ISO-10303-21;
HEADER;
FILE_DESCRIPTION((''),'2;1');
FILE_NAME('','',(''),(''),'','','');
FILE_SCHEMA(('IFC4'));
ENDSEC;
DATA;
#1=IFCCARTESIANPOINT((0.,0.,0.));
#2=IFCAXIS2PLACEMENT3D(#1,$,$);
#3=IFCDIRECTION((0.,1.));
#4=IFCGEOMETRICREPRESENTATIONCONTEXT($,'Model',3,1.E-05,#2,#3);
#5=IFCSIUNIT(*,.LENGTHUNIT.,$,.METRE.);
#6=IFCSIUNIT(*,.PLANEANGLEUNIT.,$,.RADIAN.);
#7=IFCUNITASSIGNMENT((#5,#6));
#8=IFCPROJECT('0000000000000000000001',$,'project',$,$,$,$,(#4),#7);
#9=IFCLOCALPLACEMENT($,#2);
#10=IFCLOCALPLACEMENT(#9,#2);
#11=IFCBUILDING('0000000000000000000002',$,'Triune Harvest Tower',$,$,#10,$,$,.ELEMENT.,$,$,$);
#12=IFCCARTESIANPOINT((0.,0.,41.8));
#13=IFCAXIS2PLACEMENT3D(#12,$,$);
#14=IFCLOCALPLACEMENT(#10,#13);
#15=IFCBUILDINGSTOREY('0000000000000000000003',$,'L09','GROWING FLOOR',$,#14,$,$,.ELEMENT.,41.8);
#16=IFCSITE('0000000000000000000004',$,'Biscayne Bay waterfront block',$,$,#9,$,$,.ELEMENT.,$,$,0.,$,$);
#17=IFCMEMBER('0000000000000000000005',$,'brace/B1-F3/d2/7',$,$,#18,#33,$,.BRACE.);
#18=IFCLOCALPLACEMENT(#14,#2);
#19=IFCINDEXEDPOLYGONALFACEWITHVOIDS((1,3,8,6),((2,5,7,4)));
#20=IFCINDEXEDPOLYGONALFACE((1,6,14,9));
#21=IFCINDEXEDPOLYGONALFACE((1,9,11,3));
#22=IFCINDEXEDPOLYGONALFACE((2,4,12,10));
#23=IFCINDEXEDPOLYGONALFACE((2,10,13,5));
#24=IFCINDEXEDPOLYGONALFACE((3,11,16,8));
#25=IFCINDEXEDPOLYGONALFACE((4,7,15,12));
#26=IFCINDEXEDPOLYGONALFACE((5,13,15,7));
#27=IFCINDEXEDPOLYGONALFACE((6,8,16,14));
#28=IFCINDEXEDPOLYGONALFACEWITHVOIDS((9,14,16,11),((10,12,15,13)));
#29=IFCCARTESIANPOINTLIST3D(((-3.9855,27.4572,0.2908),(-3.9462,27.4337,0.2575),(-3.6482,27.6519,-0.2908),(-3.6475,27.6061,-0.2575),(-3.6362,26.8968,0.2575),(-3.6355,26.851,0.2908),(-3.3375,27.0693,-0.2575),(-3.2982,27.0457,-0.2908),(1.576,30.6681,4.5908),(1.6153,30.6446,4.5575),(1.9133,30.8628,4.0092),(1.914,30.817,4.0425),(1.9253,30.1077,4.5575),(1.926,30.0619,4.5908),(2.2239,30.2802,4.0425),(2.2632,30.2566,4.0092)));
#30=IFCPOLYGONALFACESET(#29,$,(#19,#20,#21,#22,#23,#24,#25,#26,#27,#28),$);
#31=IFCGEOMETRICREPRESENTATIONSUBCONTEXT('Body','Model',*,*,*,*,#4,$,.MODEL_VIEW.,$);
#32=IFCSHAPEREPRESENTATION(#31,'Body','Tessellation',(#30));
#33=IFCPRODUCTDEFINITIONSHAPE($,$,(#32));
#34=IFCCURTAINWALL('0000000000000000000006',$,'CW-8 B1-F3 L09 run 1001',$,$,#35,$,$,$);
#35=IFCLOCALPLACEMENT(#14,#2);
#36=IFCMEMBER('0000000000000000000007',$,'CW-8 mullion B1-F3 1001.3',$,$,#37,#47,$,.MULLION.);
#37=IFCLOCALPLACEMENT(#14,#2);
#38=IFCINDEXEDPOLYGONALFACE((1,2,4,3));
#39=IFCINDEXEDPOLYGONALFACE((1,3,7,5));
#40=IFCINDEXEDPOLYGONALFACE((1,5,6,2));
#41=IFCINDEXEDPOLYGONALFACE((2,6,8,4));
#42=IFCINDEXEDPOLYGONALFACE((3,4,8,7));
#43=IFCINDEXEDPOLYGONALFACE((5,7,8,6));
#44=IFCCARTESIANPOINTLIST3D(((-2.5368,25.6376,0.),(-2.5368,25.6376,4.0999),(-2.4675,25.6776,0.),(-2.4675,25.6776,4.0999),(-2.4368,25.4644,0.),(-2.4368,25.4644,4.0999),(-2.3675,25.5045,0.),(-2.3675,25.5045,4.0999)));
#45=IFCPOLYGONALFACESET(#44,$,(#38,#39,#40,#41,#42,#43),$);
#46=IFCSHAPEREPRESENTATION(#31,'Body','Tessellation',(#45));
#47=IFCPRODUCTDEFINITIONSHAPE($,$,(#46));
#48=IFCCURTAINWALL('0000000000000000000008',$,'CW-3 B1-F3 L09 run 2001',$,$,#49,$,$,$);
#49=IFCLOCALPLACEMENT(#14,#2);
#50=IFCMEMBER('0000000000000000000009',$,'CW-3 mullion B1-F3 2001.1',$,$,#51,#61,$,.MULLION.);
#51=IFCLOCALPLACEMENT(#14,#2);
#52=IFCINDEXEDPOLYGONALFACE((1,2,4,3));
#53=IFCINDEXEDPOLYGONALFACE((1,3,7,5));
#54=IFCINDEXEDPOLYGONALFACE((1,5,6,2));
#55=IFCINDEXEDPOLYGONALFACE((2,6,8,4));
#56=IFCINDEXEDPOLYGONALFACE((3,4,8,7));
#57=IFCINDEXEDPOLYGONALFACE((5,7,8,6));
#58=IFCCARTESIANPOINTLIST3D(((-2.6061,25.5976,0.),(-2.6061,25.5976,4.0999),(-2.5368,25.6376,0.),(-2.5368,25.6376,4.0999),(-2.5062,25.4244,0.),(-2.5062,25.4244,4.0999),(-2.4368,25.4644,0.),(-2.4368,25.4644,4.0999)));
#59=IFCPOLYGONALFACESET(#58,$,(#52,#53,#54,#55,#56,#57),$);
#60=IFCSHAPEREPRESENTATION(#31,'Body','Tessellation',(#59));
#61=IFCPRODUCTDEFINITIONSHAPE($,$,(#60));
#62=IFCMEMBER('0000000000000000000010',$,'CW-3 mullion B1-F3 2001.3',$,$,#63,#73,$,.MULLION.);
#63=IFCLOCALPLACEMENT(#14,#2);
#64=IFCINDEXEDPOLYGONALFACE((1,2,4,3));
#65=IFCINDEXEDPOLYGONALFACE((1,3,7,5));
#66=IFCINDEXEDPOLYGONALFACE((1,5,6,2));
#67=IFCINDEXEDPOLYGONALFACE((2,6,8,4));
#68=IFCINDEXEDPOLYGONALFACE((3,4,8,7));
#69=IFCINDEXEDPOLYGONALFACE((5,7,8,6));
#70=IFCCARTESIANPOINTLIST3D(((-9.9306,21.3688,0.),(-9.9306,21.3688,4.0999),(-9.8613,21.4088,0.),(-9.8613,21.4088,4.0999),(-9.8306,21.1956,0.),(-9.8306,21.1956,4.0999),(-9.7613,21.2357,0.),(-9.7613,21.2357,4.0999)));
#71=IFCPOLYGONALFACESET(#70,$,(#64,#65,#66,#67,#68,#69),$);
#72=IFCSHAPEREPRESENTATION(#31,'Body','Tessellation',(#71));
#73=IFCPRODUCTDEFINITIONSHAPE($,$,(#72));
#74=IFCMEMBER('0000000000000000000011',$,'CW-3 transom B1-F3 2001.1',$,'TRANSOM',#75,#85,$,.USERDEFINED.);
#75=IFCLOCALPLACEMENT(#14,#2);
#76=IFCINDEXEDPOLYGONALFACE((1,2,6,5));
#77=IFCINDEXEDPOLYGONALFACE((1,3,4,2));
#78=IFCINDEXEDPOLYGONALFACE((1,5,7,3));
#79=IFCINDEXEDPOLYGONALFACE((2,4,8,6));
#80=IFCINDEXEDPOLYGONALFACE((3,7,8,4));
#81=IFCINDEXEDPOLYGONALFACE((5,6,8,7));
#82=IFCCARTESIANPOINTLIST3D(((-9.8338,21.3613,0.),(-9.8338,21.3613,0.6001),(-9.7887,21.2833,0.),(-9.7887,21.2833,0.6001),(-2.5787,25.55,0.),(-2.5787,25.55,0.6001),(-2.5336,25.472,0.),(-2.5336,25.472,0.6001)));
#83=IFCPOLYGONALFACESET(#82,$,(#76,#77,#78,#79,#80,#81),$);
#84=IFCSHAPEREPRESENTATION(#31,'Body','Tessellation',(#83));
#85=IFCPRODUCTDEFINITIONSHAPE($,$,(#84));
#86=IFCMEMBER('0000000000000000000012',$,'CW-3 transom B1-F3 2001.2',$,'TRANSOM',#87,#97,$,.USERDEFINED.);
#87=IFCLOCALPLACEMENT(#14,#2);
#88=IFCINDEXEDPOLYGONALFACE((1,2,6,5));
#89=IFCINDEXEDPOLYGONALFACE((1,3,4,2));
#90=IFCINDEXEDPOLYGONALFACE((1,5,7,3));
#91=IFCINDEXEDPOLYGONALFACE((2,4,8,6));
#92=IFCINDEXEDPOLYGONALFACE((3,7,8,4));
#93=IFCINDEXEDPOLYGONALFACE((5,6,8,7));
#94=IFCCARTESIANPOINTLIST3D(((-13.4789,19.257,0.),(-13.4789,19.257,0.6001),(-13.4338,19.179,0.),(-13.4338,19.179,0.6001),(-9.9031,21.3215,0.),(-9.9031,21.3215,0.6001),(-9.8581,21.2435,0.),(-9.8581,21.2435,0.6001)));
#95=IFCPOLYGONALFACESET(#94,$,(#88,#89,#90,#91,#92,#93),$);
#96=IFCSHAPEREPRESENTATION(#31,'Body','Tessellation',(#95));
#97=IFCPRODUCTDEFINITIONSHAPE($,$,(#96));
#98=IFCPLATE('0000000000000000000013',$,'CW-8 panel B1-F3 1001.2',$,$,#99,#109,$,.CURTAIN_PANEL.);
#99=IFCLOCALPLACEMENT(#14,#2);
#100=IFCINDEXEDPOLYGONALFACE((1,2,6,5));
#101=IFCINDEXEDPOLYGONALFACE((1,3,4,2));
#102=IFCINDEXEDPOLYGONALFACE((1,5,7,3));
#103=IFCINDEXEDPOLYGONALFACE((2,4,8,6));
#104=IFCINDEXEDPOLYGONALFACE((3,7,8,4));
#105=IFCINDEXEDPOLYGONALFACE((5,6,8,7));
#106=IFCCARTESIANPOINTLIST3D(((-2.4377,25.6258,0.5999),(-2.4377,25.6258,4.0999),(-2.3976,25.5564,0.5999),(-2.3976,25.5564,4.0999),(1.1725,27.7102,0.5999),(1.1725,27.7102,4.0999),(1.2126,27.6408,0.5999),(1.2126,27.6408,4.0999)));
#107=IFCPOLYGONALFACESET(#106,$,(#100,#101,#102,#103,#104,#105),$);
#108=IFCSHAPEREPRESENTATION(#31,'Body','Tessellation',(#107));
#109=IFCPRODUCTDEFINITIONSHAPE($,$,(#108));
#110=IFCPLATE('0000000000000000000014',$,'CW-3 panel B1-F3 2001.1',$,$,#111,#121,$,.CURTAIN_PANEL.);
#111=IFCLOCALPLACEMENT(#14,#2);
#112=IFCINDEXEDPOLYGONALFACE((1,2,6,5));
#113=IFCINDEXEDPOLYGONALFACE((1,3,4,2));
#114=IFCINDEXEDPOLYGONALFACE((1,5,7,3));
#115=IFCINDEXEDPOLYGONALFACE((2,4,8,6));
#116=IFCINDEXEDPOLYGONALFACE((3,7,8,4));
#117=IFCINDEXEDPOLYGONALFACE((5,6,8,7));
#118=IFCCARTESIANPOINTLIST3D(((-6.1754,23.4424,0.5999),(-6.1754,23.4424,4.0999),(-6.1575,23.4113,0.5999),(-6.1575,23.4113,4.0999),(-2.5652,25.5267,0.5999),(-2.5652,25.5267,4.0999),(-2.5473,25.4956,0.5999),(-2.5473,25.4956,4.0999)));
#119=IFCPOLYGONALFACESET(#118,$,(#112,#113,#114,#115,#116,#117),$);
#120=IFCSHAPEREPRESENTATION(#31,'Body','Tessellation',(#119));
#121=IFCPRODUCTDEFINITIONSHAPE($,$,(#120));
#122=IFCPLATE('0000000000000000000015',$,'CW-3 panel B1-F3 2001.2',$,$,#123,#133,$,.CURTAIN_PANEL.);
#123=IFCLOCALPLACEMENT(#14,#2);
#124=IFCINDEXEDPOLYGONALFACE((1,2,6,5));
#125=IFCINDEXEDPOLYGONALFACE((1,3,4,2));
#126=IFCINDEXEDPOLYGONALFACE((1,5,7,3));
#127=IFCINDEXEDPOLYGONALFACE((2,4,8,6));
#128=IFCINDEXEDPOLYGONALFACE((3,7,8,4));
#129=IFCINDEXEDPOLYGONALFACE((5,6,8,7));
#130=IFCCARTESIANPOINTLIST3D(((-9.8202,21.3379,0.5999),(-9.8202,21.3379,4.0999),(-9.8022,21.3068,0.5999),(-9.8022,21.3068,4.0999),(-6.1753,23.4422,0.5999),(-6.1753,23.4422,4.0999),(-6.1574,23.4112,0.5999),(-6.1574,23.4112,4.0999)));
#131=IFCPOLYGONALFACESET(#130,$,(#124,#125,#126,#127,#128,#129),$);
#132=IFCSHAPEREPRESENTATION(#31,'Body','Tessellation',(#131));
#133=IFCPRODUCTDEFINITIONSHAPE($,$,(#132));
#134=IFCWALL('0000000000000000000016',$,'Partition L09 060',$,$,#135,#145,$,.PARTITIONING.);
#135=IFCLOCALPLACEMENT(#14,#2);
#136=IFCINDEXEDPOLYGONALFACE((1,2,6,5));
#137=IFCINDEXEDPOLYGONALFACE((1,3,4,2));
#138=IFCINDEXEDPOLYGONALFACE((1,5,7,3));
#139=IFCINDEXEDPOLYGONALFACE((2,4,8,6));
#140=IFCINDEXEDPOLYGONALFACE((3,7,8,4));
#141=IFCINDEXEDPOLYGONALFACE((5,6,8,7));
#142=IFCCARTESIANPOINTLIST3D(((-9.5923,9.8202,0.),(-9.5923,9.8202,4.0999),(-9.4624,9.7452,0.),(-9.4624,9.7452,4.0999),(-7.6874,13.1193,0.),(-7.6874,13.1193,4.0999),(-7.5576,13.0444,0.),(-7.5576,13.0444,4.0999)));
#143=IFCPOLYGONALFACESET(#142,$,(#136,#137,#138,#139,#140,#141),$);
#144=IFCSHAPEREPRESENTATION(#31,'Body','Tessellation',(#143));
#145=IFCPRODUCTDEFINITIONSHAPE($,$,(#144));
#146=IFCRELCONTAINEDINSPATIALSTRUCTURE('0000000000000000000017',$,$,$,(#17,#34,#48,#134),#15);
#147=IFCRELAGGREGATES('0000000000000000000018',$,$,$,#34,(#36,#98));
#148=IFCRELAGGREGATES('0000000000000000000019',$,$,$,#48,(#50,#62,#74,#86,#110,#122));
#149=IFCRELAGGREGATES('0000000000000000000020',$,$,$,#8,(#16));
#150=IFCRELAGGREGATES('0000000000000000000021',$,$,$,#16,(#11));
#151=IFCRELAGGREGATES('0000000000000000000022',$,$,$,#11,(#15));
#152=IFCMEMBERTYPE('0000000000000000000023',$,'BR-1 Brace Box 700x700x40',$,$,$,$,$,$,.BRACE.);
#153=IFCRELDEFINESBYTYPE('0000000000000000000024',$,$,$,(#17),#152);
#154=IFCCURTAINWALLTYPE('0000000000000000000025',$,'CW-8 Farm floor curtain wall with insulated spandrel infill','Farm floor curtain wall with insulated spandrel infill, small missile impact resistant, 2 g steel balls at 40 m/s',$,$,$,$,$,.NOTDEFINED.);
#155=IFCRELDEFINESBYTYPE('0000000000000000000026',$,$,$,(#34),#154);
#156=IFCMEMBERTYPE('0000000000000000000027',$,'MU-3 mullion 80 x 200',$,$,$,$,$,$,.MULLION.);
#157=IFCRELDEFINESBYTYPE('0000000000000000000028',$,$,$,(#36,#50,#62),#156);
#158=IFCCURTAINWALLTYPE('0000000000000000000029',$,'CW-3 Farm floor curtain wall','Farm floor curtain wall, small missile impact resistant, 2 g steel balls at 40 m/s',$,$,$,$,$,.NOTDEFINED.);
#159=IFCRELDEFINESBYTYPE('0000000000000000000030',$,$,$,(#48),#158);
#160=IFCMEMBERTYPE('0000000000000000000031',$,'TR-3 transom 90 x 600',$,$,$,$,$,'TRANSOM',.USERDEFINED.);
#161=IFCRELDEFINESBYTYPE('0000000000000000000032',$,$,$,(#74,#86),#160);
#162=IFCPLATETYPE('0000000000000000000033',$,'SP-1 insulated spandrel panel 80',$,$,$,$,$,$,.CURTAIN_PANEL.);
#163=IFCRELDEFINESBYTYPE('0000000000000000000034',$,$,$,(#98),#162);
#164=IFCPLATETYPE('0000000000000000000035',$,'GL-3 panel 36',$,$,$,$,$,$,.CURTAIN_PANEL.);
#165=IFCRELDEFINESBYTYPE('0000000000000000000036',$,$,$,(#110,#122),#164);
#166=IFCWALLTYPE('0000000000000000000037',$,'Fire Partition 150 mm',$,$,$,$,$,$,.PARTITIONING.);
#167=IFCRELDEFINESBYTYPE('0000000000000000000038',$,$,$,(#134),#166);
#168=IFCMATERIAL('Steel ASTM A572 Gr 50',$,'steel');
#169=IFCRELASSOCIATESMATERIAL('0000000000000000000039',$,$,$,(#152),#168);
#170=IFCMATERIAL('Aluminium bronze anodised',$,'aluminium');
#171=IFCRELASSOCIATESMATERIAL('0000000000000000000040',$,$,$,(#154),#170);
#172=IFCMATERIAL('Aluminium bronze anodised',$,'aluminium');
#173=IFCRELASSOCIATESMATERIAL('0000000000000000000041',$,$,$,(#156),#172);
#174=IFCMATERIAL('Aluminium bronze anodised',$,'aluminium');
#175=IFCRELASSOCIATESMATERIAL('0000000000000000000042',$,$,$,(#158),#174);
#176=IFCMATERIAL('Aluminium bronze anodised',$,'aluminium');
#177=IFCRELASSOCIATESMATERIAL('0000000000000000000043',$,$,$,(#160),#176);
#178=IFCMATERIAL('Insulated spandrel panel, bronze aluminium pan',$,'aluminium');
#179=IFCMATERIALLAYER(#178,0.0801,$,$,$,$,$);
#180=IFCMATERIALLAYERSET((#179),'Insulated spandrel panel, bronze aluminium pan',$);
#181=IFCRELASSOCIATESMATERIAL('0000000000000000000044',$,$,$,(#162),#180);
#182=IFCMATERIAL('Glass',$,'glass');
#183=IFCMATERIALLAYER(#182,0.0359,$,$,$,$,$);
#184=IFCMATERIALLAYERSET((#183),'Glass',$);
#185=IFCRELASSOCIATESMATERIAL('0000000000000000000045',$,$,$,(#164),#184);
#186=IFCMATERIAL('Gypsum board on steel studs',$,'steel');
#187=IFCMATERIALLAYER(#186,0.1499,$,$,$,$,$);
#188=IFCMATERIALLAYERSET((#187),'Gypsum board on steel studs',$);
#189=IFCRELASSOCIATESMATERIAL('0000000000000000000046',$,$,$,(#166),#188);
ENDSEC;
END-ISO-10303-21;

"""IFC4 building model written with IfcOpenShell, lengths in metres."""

from ifc_helpers import new_model, si_unit, direction, frame, frame_2d, origin, origin_2d, place, context, subcontext, project, spatial, rectangle, hollow_rectangle, extrude, source, transform, mapped, material, layer, layer_set, material_profile, profile_set, type_object, element, aggregate, save


model = new_model("IFC4")

# Units and contexts
model_context = context("Model", 3, precision=1e-05, world=origin(), true_north=direction((0.0, 1.0)))
body_context = subcontext(model_context, "Body", "Model", "MODEL_VIEW")
ifc_project = project(units=[si_unit("LENGTHUNIT", "METRE"), si_unit("PLANEANGLEUNIT", "RADIAN")], contexts=[model_context])

# Site, building, storey
site_placement = place(None, origin())
site = spatial("IfcSite", under=ifc_project, at=site_placement, Name="Biscayne Bay waterfront block", CompositionType="ELEMENT", RefElevation=0.0)
building_placement = place(site_placement, origin())
building = spatial("IfcBuilding", under=site, at=building_placement, Name="Triune Harvest Tower", CompositionType="ELEMENT")
storey_placement = place(building_placement, frame((0.0, 0.0, 41.8)))
storey = spatial("IfcBuildingStorey", under=building, at=storey_placement, Name="L09", Description="GROWING FLOOR", CompositionType="ELEMENT", Elevation=41.8)

# Member
ifc_material_1 = material(Name="Steel ASTM A572 Gr 50", Category="steel")
ifc_material_profile_1 = material_profile(ifc_material_1, hollow_rectangle(XDim=0.7, YDim=0.7, WallThickness=0.04, at=origin_2d()), Name="Box 700x700x40")
ifc_profile_set_1 = profile_set([ifc_material_profile_1], Name="Steel ASTM A572 Gr 50")
member_type_1 = type_object("IfcMemberType", Name="BR-1 Brace Box 700x700x40", PredefinedType="BRACE", material=ifc_profile_set_1)
shared_shape_1 = source(origin(), body_context, "Body", "SweptSolid", [
    extrude(hollow_rectangle(XDim=0.7, YDim=0.7, WallThickness=0.04, at=origin_2d()), origin(), (0.0, 0.0, 1.0), 7.7285),
])
member_1_placement = place(storey_placement, frame((-3.6418, 27.2515, 0.0), z_axis=(0.719604, 0.415462, 0.556382), x_axis=(-0.499999, 0.866026, 0.0)))
element("IfcMember", 1, at=member_1_placement, inside=storey, type_object=member_type_1, Name="brace/B1-F3/d2/7", PredefinedType="BRACE", context=body_context, shape_type="MappedRepresentation", body=[
    mapped(shared_shape_1, transform((0.0, 0.0, 0.0), scale=1.0)),
])

# Curtain wall, member
ifc_material_2 = material(Name="Aluminium bronze anodised", Category="aluminium")
curtain_wall_type_1 = type_object("IfcCurtainWallType", Name="CW-8 Farm floor curtain wall with insulated spandrel infill", Description="Farm floor curtain wall with insulated spandrel infill, small missile impact resistant, 2 g steel balls at 40 m/s", PredefinedType="NOTDEFINED", material=ifc_material_2)
curtain_wall_1_placement = place(storey_placement, origin())
curtain_wall_1 = element("IfcCurtainWall", 2, at=curtain_wall_1_placement, inside=storey, type_object=curtain_wall_type_1, Name="CW-8 B1-F3 L09 run 1001")
ifc_material_3 = material(Name="Aluminium bronze anodised", Category="aluminium")
ifc_material_profile_2 = material_profile(ifc_material_3, rectangle(XDim=0.2, YDim=0.0801, at=origin_2d()), Name="MU-3 mullion 80 x 200")
ifc_profile_set_2 = profile_set([ifc_material_profile_2], Name="Aluminium bronze anodised")
member_type_2 = type_object("IfcMemberType", Name="MU-3 mullion 80 x 200", PredefinedType="MULLION", material=ifc_profile_set_2)
shared_shape_2 = source(origin(), body_context, "Body", "SweptSolid", [
    extrude(rectangle(XDim=0.2, YDim=0.0801, at=origin_2d()), origin(), (0.0, 0.0, 1.0), 4.0999),
])
member_2_placement = place(storey_placement, frame((-2.4521, 25.571, 0.0), z_axis=(0.0, 0.0, 1.0), x_axis=(0.500007, -0.866021, 0.0)))
member_2 = element("IfcMember", 3, at=member_2_placement, type_object=member_type_2, Name="CW-8 mullion B1-F3 1001.3", PredefinedType="MULLION", context=body_context, shape_type="MappedRepresentation", body=[
    mapped(shared_shape_2, transform((0.0, 0.0, 0.0), scale=1.0)),
])

# Curtain wall, members
ifc_material_4 = material(Name="Aluminium bronze anodised", Category="aluminium")
curtain_wall_type_2 = type_object("IfcCurtainWallType", Name="CW-3 Farm floor curtain wall", Description="Farm floor curtain wall, small missile impact resistant, 2 g steel balls at 40 m/s", PredefinedType="NOTDEFINED", material=ifc_material_4)
curtain_wall_2_placement = place(storey_placement, origin())
curtain_wall_2 = element("IfcCurtainWall", 4, at=curtain_wall_2_placement, inside=storey, type_object=curtain_wall_type_2, Name="CW-3 B1-F3 L09 run 2001")
member_3_placement = place(storey_placement, frame((-2.5215, 25.531, 0.0), z_axis=(0.0, 0.0, 1.0), x_axis=(0.499998, -0.866027, 0.0)))
member_3 = element("IfcMember", 5, at=member_3_placement, type_object=member_type_2, Name="CW-3 mullion B1-F3 2001.1", PredefinedType="MULLION", context=body_context, shape_type="MappedRepresentation", body=[
    mapped(shared_shape_2, transform((0.0, 0.0, 0.0), scale=1.0)),
])
member_4_placement = place(storey_placement, frame((-9.8459, 21.3022, 0.0), z_axis=(0.0, 0.0, 1.0), x_axis=(0.499998, -0.866027, 0.0)))
member_4 = element("IfcMember", 6, at=member_4_placement, type_object=member_type_2, Name="CW-3 mullion B1-F3 2001.3", PredefinedType="MULLION", context=body_context, shape_type="MappedRepresentation", body=[
    mapped(shared_shape_2, transform((0.0, 0.0, 0.0), scale=1.0)),
])
ifc_material_5 = material(Name="Aluminium bronze anodised", Category="aluminium")
ifc_material_profile_3 = material_profile(ifc_material_5, rectangle(XDim=0.0901, YDim=0.6001, at=origin_2d()), Name="TR-3 transom 90 x 600")
ifc_profile_set_3 = profile_set([ifc_material_profile_3], Name="Aluminium bronze anodised")
member_type_3 = type_object("IfcMemberType", Name="TR-3 transom 90 x 600", ElementType="TRANSOM", PredefinedType="USERDEFINED", material=ifc_profile_set_3)
shared_shape_3 = source(origin(), body_context, "Body", "SweptSolid", [
    extrude(rectangle(XDim=0.0901, YDim=0.6001, at=origin_2d()), origin(), (0.0, 0.0, 1.0), 8.3774),
])
member_5_placement = place(storey_placement, frame((-2.5562, 25.511, 0.3), z_axis=(-0.866027, -0.499997, 0.0), x_axis=(0.499997, -0.866027, 0.0)))
member_5 = element("IfcMember", 7, at=member_5_placement, type_object=member_type_3, Name="CW-3 transom B1-F3 2001.1", ObjectType="TRANSOM", PredefinedType="USERDEFINED", context=body_context, shape_type="MappedRepresentation", body=[
    mapped(shared_shape_3, transform((0.0, 0.0, 0.0), scale=1.0)),
])
shared_shape_4 = source(origin(), body_context, "Body", "SweptSolid", [
    extrude(rectangle(XDim=0.0901, YDim=0.6001, at=origin_2d()), origin(), (0.0, 0.0, 1.0), 4.1289),
])
member_6_placement = place(storey_placement, frame((-9.8806, 21.2825, 0.3), z_axis=(-0.866022, -0.500006, 0.0), x_axis=(0.500006, -0.866022, 0.0)))
member_6 = element("IfcMember", 8, at=member_6_placement, type_object=member_type_3, Name="CW-3 transom B1-F3 2001.2", ObjectType="TRANSOM", PredefinedType="USERDEFINED", context=body_context, shape_type="MappedRepresentation", body=[
    mapped(shared_shape_4, transform((0.0, 0.0, 0.0), scale=1.0)),
])

# Plates
ifc_material_6 = material(Name="Insulated spandrel panel, bronze aluminium pan", Category="aluminium")
ifc_layer_1 = layer(ifc_material_6, 0.0801)
ifc_layer_set_1 = layer_set([ifc_layer_1], Name="Insulated spandrel panel, bronze aluminium pan")
plate_type_1 = type_object("IfcPlateType", Name="SP-1 insulated spandrel panel 80", PredefinedType="CURTAIN_PANEL", material=ifc_layer_set_1)
shared_shape_5 = source(origin(), body_context, "Body", "SweptSolid", [
    extrude(rectangle(XDim=4.1687, YDim=0.0801, at=origin_2d()), origin(), (0.0, 0.0, 1.0), 3.5),
])
plate_1_placement = place(storey_placement, frame((-0.6125, 26.6333, 0.5999), z_axis=(0.0, 0.0, 1.0), x_axis=(-0.866021, -0.500007, 0.0)))
plate_1 = element("IfcPlate", 9, at=plate_1_placement, type_object=plate_type_1, Name="CW-8 panel B1-F3 1001.2", PredefinedType="CURTAIN_PANEL", context=body_context, shape_type="MappedRepresentation", body=[
    mapped(shared_shape_5, transform((0.0, 0.0, 0.0), scale=1.0)),
])
aggregate(curtain_wall_1, [member_2, plate_1])
ifc_material_7 = material(Name="Glass", Category="glass")
ifc_layer_2 = layer(ifc_material_7, 0.0359)
ifc_layer_set_2 = layer_set([ifc_layer_2], Name="Glass")
plate_type_2 = type_object("IfcPlateType", Name="GL-3 panel 36", PredefinedType="CURTAIN_PANEL", material=ifc_layer_set_2)
shared_shape_6 = source(origin(), body_context, "Body", "SweptSolid", [
    extrude(rectangle(XDim=4.1687, YDim=0.0359, at=origin_2d()), origin(), (0.0, 0.0, 1.0), 3.5),
])
plate_2_placement = place(storey_placement, frame((-4.3613, 24.469, 0.5999), z_axis=(0.0, 0.0, 1.0), x_axis=(-0.866027, -0.499998, 0.0)))
plate_2 = element("IfcPlate", 10, at=plate_2_placement, type_object=plate_type_2, Name="CW-3 panel B1-F3 2001.1", PredefinedType="CURTAIN_PANEL", context=body_context, shape_type="MappedRepresentation", body=[
    mapped(shared_shape_6, transform((0.0, 0.0, 0.0), scale=1.0)),
])
shared_shape_7 = source(origin(), body_context, "Body", "SweptSolid", [
    extrude(rectangle(XDim=4.2087, YDim=0.0359, at=origin_2d()), origin(), (0.0, 0.0, 1.0), 3.5),
])
plate_3_placement = place(storey_placement, frame((-7.9888, 22.3745, 0.5999), z_axis=(0.0, 0.0, 1.0), x_axis=(-0.866027, -0.499998, 0.0)))
plate_3 = element("IfcPlate", 11, at=plate_3_placement, type_object=plate_type_2, Name="CW-3 panel B1-F3 2001.2", PredefinedType="CURTAIN_PANEL", context=body_context, shape_type="MappedRepresentation", body=[
    mapped(shared_shape_7, transform((0.0, 0.0, 0.0), scale=1.0)),
])
aggregate(curtain_wall_2, [member_3, member_4, member_5, member_6, plate_2, plate_3])

# Wall
ifc_material_8 = material(Name="Gypsum board on steel studs", Category="steel")
ifc_layer_3 = layer(ifc_material_8, 0.1499)
ifc_layer_set_3 = layer_set([ifc_layer_3], Name="Gypsum board on steel studs")
wall_type_1 = type_object("IfcWallType", Name="Fire Partition 150 mm", PredefinedType="PARTITIONING", material=ifc_layer_set_3)
wall_1_placement = place(storey_placement, frame((-9.5273, 9.7827, 0.0), z_axis=(0.0, 0.0, 1.0), x_axis=(0.500013, 0.866018, 0.0)))
element("IfcWall", 12, at=wall_1_placement, inside=storey, type_object=wall_type_1, Name="Partition L09 060", PredefinedType="PARTITIONING", context=body_context, shape_type="SweptSolid", body=[
    extrude(rectangle(XDim=3.8096, YDim=0.1499, at=frame_2d((1.9048, 0.0))), origin(), (0.0, 0.0, 1.0), 4.0999),
])

save(model, "model.ifc")
